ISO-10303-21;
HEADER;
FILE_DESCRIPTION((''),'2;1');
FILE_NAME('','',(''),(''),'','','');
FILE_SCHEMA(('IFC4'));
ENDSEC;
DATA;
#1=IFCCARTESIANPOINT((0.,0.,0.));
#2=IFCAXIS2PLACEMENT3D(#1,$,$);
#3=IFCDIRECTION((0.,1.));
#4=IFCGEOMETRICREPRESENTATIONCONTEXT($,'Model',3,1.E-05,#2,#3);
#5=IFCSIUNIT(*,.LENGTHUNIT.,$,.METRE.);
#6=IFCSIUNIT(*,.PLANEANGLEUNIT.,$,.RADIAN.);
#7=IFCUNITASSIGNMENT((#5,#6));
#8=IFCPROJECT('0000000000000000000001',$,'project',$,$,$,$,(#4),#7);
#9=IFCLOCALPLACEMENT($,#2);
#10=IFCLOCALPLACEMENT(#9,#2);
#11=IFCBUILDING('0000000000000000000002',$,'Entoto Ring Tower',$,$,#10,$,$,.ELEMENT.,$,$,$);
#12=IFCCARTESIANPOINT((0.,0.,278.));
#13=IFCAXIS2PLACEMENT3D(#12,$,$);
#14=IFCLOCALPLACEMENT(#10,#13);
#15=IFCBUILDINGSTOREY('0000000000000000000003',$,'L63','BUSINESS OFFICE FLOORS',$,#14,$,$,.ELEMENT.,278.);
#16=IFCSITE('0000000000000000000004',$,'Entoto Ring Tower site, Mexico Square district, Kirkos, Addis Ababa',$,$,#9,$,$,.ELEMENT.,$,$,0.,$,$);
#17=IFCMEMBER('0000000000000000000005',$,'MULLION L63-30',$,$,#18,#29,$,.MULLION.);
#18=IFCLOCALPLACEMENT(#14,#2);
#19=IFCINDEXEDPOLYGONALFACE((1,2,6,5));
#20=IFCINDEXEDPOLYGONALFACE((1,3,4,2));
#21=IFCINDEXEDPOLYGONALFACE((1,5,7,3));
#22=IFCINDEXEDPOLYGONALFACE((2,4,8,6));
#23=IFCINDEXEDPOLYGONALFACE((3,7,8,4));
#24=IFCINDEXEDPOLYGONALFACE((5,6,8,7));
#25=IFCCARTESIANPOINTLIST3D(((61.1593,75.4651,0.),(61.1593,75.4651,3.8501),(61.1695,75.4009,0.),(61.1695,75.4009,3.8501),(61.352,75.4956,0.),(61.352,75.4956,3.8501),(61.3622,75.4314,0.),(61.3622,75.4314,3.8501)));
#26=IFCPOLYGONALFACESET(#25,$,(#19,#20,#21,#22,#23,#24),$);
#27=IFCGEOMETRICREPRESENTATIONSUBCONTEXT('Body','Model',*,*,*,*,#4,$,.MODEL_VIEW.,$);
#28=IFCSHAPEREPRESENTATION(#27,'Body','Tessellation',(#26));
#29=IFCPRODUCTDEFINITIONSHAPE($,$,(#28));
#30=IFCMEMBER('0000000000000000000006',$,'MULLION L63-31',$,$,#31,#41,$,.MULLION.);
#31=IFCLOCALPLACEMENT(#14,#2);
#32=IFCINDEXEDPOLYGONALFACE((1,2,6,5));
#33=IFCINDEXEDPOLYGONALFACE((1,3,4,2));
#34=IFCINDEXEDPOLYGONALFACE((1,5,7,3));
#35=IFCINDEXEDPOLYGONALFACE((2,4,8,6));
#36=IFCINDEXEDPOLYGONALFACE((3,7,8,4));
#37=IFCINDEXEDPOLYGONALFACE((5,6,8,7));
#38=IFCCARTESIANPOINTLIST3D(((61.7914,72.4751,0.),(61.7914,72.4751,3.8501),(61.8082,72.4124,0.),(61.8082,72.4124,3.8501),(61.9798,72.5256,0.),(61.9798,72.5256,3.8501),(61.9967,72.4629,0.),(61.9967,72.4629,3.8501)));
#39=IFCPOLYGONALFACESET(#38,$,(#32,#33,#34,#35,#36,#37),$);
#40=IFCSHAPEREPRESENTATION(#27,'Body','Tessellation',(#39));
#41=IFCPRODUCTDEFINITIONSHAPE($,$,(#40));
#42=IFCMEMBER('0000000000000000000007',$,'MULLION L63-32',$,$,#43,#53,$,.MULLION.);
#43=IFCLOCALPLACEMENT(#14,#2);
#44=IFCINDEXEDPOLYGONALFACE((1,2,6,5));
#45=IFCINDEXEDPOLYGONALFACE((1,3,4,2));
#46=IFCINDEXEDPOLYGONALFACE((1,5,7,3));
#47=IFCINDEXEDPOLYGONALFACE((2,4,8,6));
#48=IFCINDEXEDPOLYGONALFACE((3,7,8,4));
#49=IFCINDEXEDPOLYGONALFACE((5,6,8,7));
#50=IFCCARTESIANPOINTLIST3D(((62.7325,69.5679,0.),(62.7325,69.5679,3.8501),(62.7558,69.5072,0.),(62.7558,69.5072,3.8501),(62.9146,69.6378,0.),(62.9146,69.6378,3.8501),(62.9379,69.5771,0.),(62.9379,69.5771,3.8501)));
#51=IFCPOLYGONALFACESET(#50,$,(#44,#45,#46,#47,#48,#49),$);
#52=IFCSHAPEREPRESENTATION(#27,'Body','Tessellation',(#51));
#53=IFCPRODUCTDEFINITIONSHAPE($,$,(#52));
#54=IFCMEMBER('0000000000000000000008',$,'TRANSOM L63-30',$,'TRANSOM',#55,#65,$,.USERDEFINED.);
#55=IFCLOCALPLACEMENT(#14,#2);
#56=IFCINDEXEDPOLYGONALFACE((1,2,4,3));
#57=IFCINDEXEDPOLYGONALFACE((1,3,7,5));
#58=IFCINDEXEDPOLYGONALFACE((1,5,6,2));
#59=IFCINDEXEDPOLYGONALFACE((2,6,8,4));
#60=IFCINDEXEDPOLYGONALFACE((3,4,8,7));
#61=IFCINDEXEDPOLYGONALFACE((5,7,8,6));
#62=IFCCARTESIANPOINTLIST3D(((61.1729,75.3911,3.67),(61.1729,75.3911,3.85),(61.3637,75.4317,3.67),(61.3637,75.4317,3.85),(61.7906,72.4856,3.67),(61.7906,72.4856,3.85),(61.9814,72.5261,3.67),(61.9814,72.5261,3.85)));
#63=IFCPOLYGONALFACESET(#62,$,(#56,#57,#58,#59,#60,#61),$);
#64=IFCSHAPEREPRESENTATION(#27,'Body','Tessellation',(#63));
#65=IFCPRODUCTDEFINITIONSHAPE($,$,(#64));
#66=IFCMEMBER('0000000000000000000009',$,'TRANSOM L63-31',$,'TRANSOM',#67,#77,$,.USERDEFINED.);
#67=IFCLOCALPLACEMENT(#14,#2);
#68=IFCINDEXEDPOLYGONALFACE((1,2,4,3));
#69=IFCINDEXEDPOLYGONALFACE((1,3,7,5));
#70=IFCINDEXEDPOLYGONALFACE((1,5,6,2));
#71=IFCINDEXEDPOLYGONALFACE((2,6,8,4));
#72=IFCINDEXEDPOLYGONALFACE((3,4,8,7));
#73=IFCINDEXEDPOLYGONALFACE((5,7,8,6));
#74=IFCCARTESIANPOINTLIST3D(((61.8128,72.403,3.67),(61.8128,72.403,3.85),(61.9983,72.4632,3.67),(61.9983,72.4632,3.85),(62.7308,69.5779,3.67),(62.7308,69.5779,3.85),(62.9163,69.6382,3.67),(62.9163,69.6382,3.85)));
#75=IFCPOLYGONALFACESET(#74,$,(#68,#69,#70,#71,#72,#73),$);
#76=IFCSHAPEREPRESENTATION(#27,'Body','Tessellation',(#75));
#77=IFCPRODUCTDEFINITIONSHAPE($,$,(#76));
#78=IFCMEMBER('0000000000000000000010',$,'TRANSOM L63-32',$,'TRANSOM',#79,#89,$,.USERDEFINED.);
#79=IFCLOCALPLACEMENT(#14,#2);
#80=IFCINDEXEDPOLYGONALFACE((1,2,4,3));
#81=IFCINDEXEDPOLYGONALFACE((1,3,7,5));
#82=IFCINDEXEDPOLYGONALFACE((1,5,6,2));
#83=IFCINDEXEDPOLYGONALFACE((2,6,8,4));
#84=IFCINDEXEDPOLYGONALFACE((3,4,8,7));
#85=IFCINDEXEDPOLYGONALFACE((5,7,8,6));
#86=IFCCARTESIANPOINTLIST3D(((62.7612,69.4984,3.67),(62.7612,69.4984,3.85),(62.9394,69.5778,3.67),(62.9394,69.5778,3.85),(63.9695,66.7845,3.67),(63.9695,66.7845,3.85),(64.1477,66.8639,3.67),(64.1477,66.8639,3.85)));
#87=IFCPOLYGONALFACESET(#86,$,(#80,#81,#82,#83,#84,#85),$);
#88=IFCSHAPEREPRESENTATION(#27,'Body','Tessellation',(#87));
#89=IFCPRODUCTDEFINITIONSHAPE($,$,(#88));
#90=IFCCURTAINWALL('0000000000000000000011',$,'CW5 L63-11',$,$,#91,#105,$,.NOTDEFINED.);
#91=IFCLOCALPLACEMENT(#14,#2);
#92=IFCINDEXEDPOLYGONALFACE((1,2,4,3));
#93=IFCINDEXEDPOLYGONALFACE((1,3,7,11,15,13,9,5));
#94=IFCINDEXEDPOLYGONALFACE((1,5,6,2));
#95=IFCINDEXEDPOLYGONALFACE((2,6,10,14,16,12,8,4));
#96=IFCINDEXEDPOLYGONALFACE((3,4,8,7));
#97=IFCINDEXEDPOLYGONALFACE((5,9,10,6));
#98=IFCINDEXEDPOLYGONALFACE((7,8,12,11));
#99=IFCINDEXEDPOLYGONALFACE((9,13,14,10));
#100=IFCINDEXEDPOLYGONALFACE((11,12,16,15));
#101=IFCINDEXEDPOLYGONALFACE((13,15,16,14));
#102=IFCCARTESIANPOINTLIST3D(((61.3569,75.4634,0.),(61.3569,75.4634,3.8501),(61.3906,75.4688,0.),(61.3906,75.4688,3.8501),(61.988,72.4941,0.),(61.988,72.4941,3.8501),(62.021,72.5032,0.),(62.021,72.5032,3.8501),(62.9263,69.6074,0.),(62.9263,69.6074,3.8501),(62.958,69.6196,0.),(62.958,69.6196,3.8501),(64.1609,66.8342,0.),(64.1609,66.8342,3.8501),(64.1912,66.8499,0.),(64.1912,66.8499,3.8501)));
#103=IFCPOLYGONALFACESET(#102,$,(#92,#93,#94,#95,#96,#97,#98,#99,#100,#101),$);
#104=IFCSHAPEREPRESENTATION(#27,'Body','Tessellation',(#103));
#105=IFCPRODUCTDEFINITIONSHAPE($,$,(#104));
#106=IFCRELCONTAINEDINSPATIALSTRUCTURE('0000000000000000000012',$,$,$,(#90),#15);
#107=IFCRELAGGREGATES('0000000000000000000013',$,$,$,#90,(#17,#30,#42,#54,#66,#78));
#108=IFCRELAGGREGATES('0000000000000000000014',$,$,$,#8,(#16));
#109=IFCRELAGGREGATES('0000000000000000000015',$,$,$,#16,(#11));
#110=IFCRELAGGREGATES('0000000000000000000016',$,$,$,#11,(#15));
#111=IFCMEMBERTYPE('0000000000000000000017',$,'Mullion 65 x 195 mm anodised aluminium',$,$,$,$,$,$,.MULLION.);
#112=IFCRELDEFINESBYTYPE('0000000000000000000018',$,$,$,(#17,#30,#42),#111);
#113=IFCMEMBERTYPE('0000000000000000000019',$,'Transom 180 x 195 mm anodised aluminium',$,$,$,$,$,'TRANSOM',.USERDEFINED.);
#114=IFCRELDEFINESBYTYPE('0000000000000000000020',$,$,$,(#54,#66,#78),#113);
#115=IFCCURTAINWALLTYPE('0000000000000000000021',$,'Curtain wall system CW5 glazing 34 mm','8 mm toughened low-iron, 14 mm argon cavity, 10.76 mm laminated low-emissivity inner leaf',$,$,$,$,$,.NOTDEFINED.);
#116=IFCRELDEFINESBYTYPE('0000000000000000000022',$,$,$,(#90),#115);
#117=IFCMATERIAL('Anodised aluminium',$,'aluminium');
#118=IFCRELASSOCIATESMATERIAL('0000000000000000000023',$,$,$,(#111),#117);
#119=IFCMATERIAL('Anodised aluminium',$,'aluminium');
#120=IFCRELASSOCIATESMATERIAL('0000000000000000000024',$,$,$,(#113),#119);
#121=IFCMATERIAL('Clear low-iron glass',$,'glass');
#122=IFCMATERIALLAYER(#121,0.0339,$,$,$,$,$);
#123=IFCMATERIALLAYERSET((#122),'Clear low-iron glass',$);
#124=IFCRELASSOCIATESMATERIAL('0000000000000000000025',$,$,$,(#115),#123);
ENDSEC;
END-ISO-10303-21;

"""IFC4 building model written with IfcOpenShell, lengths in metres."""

from ifc_helpers import new_model, si_unit, direction, frame, origin, origin_2d, place, context, subcontext, project, spatial, polyline, rectangle, outline, extrude, material, layer, layer_set, material_profile, profile_set, type_object, element, aggregate, save


model = new_model("IFC4")

# Units and contexts
model_context = context("Model", 3, precision=1e-05, world=origin(), true_north=direction((0.0, 1.0)))
body_context = subcontext(model_context, "Body", "Model", "MODEL_VIEW")
ifc_project = project(units=[si_unit("LENGTHUNIT", "METRE"), si_unit("PLANEANGLEUNIT", "RADIAN")], contexts=[model_context])

# Members
ifc_material_1 = material(Name="Anodised aluminium", Category="aluminium")
ifc_material_profile_1 = material_profile(ifc_material_1, rectangle(XDim=0.0649, YDim=0.1951, at=origin_2d()), Name="Mullion 65 x 195 mm anodised aluminium")
ifc_profile_set_1 = profile_set([ifc_material_profile_1], Name="Anodised aluminium")
member_type_1 = type_object("IfcMemberType", Name="Mullion 65 x 195 mm anodised aluminium", PredefinedType="MULLION", material=ifc_profile_set_1)
site_placement = place(None, origin())
building_placement = place(site_placement, origin())
storey_placement = place(building_placement, frame((0.0, 0.0, 278.0)))
member_1_placement = place(storey_placement, frame((61.2607, 75.4482, 0.0), z_axis=(0.0, 0.0, 1.0), x_axis=(0.156434, -0.987688, 0.0)))
member_1 = element("IfcMember", 1, at=member_1_placement, type_object=member_type_1, Name="MULLION L63-30", PredefinedType="MULLION", context=body_context, shape_type="SweptSolid", body=[
    extrude(rectangle(XDim=0.0649, YDim=0.1951, at=origin_2d()), origin(), (0.0, 0.0, 1.0), 3.8501),
])
member_2_placement = place(storey_placement, frame((61.894, 72.469, 0.0), z_axis=(0.0, 0.0, 1.0), x_axis=(0.258819, -0.965926, 0.0)))
member_2 = element("IfcMember", 2, at=member_2_placement, type_object=member_type_1, Name="MULLION L63-31", PredefinedType="MULLION", context=body_context, shape_type="SweptSolid", body=[
    extrude(rectangle(XDim=0.0649, YDim=0.1951, at=origin_2d()), origin(), (0.0, 0.0, 1.0), 3.8501),
])
member_3_placement = place(storey_placement, frame((62.8352, 69.5725, 0.0), z_axis=(0.0, 0.0, 1.0), x_axis=(0.358368, -0.93358, 0.0)))
member_3 = element("IfcMember", 3, at=member_3_placement, type_object=member_type_1, Name="MULLION L63-32", PredefinedType="MULLION", context=body_context, shape_type="SweptSolid", body=[
    extrude(rectangle(XDim=0.0649, YDim=0.1951, at=origin_2d()), origin(), (0.0, 0.0, 1.0), 3.8501),
])
ifc_material_2 = material(Name="Anodised aluminium", Category="aluminium")
ifc_material_profile_2 = material_profile(ifc_material_2, rectangle(XDim=0.1951, YDim=0.1799, at=origin_2d()), Name="Transom 180 x 195 mm anodised aluminium")
ifc_profile_set_2 = profile_set([ifc_material_profile_2], Name="Anodised aluminium")
member_type_2 = type_object("IfcMemberType", Name="Transom 180 x 195 mm anodised aluminium", ElementType="TRANSOM", PredefinedType="USERDEFINED", material=ifc_profile_set_2)
member_4_placement = place(storey_placement, frame((61.2683, 75.4114, 3.76), z_axis=(0.20794, -0.978142, 0.0), x_axis=(0.978142, 0.20794, 0.0)))
member_4 = element("IfcMember", 4, at=member_4_placement, type_object=member_type_2, Name="TRANSOM L63-30", ObjectType="TRANSOM", PredefinedType="USERDEFINED", context=body_context, shape_type="SweptSolid", body=[
    extrude(rectangle(XDim=0.1951, YDim=0.1799, at=origin_2d()), origin(), (0.0, 0.0, 1.0), 2.9705),
])
member_5_placement = place(storey_placement, frame((61.9055, 72.4331, 3.76), z_axis=(0.309043, -0.951048, 0.0), x_axis=(0.951048, 0.309043, 0.0)))
member_5 = element("IfcMember", 5, at=member_5_placement, type_object=member_type_2, Name="TRANSOM L63-31", ObjectType="TRANSOM", PredefinedType="USERDEFINED", context=body_context, shape_type="SweptSolid", body=[
    extrude(rectangle(XDim=0.1951, YDim=0.1799, at=origin_2d()), origin(), (0.0, 0.0, 1.0), 2.9705),
])
member_6_placement = place(storey_placement, frame((62.8503, 69.5381, 3.76), z_axis=(0.406726, -0.91355, 0.0), x_axis=(0.91355, 0.406726, 0.0)))
member_6 = element("IfcMember", 6, at=member_6_placement, type_object=member_type_2, Name="TRANSOM L63-32", ObjectType="TRANSOM", PredefinedType="USERDEFINED", context=body_context, shape_type="SweptSolid", body=[
    extrude(rectangle(XDim=0.1951, YDim=0.1799, at=origin_2d()), origin(), (0.0, 0.0, 1.0), 2.9707),
])

# Site, building, storey
site = spatial("IfcSite", under=ifc_project, at=site_placement, Name="Entoto Ring Tower site, Mexico Square district, Kirkos, Addis Ababa", CompositionType="ELEMENT", RefElevation=0.0)
building = spatial("IfcBuilding", under=site, at=building_placement, Name="Entoto Ring Tower", CompositionType="ELEMENT")
storey = spatial("IfcBuildingStorey", under=building, at=storey_placement, Name="L63", Description="BUSINESS OFFICE FLOORS", CompositionType="ELEMENT", Elevation=278.0)

# Curtain wall
ifc_material_3 = material(Name="Clear low-iron glass", Category="glass")
ifc_layer = layer(ifc_material_3, 0.0339)
ifc_layer_set = layer_set([ifc_layer], Name="Clear low-iron glass")
curtain_wall_type = type_object("IfcCurtainWallType", Name="Curtain wall system CW5 glazing 34 mm", Description="8 mm toughened low-iron, 14 mm argon cavity, 10.76 mm laminated low-emissivity inner leaf", PredefinedType="NOTDEFINED", material=ifc_layer_set)
curtain_wall_1_placement = place(storey_placement, origin())
curtain_wall_1 = element("IfcCurtainWall", 7, at=curtain_wall_1_placement, inside=storey, type_object=curtain_wall_type, Name="CW5 L63-11", PredefinedType="NOTDEFINED", context=body_context, shape_type="SweptSolid", body=[
    extrude(outline(polyline([(61.3569, 75.4634), (61.988, 72.4941), (62.9263, 69.6074), (64.1609, 66.8342), (64.1912, 66.8499), (62.958, 69.6196), (62.021, 72.5032), (61.3906, 75.4688), (61.3569, 75.4634)])), origin(), (0.0, 0.0, 1.0), 3.8501),
])
aggregate(curtain_wall_1, [member_1, member_2, member_3, member_4, member_5, member_6])

save(model, "model.ifc")
